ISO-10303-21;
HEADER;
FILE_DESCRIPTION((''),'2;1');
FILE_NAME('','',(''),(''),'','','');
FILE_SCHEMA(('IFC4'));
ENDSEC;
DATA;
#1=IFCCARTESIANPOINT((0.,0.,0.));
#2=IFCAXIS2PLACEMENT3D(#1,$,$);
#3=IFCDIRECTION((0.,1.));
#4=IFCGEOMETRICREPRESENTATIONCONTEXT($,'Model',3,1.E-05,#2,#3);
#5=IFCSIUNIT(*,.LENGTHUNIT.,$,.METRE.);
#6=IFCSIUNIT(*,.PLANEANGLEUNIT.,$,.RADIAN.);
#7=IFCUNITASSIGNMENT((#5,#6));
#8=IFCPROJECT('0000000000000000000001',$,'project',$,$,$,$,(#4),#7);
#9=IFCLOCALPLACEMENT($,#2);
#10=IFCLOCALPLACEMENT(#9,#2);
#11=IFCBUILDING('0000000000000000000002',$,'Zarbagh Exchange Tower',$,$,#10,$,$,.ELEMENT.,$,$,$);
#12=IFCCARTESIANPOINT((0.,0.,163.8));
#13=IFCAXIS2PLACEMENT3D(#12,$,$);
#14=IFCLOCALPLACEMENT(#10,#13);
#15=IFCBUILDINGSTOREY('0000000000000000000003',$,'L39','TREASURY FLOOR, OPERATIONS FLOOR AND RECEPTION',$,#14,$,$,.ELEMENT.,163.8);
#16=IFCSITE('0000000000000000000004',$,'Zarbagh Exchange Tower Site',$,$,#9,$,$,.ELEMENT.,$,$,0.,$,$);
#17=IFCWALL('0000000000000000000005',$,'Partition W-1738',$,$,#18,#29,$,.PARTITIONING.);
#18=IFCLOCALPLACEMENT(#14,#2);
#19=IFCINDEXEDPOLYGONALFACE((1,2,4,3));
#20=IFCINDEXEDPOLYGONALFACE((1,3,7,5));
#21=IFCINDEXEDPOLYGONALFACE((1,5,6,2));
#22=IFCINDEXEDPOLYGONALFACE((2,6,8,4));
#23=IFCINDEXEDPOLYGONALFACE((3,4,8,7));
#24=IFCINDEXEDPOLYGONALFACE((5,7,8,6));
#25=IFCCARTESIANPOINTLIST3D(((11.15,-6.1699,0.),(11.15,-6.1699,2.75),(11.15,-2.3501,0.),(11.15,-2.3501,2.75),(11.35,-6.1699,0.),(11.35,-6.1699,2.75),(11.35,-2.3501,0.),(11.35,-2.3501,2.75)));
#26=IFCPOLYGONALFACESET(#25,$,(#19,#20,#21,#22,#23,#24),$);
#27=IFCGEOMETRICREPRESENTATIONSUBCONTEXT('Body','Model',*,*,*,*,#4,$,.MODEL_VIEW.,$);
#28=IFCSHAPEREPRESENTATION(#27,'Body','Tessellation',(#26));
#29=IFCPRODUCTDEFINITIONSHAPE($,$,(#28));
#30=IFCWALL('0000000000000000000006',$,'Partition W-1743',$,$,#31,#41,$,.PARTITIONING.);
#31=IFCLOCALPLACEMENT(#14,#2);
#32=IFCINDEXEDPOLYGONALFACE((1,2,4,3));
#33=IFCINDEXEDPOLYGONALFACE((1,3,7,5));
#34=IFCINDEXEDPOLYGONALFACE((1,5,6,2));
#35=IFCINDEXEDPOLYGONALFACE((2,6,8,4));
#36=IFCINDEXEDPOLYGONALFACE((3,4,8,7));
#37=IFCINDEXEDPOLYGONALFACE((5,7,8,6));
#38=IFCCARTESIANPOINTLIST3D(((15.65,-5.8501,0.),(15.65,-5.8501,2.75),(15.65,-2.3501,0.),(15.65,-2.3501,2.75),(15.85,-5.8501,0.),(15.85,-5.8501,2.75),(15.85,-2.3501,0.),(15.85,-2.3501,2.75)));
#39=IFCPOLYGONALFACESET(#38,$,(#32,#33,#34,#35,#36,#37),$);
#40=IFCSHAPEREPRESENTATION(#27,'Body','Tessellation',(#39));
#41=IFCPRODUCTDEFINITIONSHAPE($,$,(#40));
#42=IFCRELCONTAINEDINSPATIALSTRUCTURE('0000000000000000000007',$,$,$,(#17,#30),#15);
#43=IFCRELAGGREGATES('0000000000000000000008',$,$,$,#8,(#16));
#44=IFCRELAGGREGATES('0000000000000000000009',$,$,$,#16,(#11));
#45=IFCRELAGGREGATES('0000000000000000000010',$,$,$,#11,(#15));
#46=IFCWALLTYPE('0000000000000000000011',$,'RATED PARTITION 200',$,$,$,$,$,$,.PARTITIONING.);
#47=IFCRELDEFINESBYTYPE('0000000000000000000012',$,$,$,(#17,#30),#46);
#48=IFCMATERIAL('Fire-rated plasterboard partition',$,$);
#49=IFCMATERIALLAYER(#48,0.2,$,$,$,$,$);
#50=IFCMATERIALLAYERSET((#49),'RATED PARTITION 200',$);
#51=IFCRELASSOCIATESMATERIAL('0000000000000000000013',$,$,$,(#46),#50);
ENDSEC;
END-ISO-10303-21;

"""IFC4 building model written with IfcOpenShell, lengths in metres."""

from ifc_helpers import new_model, si_unit, direction, frame, frame_2d, origin, place, context, subcontext, project, spatial, rectangle, extrude, material, layer, layer_set, type_object, element, save


model = new_model("IFC4")

# Units and contexts
model_context = context("Model", 3, precision=1e-05, world=origin(), true_north=direction((0.0, 1.0)))
body_context = subcontext(model_context, "Body", "Model", "MODEL_VIEW")
ifc_project = project(units=[si_unit("LENGTHUNIT", "METRE"), si_unit("PLANEANGLEUNIT", "RADIAN")], contexts=[model_context])

# Site, building, storey
site_placement = place(None, origin())
site = spatial("IfcSite", under=ifc_project, at=site_placement, Name="Zarbagh Exchange Tower Site", CompositionType="ELEMENT", RefElevation=0.0)
building_placement = place(site_placement, origin())
building = spatial("IfcBuilding", under=site, at=building_placement, Name="Zarbagh Exchange Tower", CompositionType="ELEMENT")
storey_placement = place(building_placement, frame((0.0, 0.0, 163.8)))
storey = spatial("IfcBuildingStorey", under=building, at=storey_placement, Name="L39", Description="TREASURY FLOOR, OPERATIONS FLOOR AND RECEPTION", CompositionType="ELEMENT", Elevation=163.8)

# Shared definitions
ifc_material_1 = material(Name="Fire-rated plasterboard partition")
ifc_layer = layer(ifc_material_1, 0.2)
ifc_layer_set = layer_set([ifc_layer], Name="RATED PARTITION 200")
wall_type = type_object("IfcWallType", Name="RATED PARTITION 200", PredefinedType="PARTITIONING", material=ifc_layer_set)

# Walls
wall_1_placement = place(storey_placement, frame((11.25, -6.1699, 0.0), z_axis=(0.0, 0.0, 1.0), x_axis=(0.0, 1.0, 0.0)))
element("IfcWall", 1, at=wall_1_placement, inside=storey, type_object=wall_type, Name="Partition W-1738", PredefinedType="PARTITIONING", context=body_context, shape_type="SweptSolid", body=[
    extrude(rectangle(XDim=3.8198, YDim=0.2, at=frame_2d((1.9099, 0.0))), origin(), (0.0, 0.0, 1.0), 2.75),
])
wall_2_placement = place(storey_placement, frame((15.75, -5.8501, 0.0), z_axis=(0.0, 0.0, 1.0), x_axis=(0.0, 1.0, 0.0)))
element("IfcWall", 2, at=wall_2_placement, inside=storey, type_object=wall_type, Name="Partition W-1743", PredefinedType="PARTITIONING", context=body_context, shape_type="SweptSolid", body=[
    extrude(rectangle(XDim=3.5, YDim=0.2, at=frame_2d((1.75, 0.0))), origin(), (0.0, 0.0, 1.0), 2.75),
])

save(model, "model.ifc")
